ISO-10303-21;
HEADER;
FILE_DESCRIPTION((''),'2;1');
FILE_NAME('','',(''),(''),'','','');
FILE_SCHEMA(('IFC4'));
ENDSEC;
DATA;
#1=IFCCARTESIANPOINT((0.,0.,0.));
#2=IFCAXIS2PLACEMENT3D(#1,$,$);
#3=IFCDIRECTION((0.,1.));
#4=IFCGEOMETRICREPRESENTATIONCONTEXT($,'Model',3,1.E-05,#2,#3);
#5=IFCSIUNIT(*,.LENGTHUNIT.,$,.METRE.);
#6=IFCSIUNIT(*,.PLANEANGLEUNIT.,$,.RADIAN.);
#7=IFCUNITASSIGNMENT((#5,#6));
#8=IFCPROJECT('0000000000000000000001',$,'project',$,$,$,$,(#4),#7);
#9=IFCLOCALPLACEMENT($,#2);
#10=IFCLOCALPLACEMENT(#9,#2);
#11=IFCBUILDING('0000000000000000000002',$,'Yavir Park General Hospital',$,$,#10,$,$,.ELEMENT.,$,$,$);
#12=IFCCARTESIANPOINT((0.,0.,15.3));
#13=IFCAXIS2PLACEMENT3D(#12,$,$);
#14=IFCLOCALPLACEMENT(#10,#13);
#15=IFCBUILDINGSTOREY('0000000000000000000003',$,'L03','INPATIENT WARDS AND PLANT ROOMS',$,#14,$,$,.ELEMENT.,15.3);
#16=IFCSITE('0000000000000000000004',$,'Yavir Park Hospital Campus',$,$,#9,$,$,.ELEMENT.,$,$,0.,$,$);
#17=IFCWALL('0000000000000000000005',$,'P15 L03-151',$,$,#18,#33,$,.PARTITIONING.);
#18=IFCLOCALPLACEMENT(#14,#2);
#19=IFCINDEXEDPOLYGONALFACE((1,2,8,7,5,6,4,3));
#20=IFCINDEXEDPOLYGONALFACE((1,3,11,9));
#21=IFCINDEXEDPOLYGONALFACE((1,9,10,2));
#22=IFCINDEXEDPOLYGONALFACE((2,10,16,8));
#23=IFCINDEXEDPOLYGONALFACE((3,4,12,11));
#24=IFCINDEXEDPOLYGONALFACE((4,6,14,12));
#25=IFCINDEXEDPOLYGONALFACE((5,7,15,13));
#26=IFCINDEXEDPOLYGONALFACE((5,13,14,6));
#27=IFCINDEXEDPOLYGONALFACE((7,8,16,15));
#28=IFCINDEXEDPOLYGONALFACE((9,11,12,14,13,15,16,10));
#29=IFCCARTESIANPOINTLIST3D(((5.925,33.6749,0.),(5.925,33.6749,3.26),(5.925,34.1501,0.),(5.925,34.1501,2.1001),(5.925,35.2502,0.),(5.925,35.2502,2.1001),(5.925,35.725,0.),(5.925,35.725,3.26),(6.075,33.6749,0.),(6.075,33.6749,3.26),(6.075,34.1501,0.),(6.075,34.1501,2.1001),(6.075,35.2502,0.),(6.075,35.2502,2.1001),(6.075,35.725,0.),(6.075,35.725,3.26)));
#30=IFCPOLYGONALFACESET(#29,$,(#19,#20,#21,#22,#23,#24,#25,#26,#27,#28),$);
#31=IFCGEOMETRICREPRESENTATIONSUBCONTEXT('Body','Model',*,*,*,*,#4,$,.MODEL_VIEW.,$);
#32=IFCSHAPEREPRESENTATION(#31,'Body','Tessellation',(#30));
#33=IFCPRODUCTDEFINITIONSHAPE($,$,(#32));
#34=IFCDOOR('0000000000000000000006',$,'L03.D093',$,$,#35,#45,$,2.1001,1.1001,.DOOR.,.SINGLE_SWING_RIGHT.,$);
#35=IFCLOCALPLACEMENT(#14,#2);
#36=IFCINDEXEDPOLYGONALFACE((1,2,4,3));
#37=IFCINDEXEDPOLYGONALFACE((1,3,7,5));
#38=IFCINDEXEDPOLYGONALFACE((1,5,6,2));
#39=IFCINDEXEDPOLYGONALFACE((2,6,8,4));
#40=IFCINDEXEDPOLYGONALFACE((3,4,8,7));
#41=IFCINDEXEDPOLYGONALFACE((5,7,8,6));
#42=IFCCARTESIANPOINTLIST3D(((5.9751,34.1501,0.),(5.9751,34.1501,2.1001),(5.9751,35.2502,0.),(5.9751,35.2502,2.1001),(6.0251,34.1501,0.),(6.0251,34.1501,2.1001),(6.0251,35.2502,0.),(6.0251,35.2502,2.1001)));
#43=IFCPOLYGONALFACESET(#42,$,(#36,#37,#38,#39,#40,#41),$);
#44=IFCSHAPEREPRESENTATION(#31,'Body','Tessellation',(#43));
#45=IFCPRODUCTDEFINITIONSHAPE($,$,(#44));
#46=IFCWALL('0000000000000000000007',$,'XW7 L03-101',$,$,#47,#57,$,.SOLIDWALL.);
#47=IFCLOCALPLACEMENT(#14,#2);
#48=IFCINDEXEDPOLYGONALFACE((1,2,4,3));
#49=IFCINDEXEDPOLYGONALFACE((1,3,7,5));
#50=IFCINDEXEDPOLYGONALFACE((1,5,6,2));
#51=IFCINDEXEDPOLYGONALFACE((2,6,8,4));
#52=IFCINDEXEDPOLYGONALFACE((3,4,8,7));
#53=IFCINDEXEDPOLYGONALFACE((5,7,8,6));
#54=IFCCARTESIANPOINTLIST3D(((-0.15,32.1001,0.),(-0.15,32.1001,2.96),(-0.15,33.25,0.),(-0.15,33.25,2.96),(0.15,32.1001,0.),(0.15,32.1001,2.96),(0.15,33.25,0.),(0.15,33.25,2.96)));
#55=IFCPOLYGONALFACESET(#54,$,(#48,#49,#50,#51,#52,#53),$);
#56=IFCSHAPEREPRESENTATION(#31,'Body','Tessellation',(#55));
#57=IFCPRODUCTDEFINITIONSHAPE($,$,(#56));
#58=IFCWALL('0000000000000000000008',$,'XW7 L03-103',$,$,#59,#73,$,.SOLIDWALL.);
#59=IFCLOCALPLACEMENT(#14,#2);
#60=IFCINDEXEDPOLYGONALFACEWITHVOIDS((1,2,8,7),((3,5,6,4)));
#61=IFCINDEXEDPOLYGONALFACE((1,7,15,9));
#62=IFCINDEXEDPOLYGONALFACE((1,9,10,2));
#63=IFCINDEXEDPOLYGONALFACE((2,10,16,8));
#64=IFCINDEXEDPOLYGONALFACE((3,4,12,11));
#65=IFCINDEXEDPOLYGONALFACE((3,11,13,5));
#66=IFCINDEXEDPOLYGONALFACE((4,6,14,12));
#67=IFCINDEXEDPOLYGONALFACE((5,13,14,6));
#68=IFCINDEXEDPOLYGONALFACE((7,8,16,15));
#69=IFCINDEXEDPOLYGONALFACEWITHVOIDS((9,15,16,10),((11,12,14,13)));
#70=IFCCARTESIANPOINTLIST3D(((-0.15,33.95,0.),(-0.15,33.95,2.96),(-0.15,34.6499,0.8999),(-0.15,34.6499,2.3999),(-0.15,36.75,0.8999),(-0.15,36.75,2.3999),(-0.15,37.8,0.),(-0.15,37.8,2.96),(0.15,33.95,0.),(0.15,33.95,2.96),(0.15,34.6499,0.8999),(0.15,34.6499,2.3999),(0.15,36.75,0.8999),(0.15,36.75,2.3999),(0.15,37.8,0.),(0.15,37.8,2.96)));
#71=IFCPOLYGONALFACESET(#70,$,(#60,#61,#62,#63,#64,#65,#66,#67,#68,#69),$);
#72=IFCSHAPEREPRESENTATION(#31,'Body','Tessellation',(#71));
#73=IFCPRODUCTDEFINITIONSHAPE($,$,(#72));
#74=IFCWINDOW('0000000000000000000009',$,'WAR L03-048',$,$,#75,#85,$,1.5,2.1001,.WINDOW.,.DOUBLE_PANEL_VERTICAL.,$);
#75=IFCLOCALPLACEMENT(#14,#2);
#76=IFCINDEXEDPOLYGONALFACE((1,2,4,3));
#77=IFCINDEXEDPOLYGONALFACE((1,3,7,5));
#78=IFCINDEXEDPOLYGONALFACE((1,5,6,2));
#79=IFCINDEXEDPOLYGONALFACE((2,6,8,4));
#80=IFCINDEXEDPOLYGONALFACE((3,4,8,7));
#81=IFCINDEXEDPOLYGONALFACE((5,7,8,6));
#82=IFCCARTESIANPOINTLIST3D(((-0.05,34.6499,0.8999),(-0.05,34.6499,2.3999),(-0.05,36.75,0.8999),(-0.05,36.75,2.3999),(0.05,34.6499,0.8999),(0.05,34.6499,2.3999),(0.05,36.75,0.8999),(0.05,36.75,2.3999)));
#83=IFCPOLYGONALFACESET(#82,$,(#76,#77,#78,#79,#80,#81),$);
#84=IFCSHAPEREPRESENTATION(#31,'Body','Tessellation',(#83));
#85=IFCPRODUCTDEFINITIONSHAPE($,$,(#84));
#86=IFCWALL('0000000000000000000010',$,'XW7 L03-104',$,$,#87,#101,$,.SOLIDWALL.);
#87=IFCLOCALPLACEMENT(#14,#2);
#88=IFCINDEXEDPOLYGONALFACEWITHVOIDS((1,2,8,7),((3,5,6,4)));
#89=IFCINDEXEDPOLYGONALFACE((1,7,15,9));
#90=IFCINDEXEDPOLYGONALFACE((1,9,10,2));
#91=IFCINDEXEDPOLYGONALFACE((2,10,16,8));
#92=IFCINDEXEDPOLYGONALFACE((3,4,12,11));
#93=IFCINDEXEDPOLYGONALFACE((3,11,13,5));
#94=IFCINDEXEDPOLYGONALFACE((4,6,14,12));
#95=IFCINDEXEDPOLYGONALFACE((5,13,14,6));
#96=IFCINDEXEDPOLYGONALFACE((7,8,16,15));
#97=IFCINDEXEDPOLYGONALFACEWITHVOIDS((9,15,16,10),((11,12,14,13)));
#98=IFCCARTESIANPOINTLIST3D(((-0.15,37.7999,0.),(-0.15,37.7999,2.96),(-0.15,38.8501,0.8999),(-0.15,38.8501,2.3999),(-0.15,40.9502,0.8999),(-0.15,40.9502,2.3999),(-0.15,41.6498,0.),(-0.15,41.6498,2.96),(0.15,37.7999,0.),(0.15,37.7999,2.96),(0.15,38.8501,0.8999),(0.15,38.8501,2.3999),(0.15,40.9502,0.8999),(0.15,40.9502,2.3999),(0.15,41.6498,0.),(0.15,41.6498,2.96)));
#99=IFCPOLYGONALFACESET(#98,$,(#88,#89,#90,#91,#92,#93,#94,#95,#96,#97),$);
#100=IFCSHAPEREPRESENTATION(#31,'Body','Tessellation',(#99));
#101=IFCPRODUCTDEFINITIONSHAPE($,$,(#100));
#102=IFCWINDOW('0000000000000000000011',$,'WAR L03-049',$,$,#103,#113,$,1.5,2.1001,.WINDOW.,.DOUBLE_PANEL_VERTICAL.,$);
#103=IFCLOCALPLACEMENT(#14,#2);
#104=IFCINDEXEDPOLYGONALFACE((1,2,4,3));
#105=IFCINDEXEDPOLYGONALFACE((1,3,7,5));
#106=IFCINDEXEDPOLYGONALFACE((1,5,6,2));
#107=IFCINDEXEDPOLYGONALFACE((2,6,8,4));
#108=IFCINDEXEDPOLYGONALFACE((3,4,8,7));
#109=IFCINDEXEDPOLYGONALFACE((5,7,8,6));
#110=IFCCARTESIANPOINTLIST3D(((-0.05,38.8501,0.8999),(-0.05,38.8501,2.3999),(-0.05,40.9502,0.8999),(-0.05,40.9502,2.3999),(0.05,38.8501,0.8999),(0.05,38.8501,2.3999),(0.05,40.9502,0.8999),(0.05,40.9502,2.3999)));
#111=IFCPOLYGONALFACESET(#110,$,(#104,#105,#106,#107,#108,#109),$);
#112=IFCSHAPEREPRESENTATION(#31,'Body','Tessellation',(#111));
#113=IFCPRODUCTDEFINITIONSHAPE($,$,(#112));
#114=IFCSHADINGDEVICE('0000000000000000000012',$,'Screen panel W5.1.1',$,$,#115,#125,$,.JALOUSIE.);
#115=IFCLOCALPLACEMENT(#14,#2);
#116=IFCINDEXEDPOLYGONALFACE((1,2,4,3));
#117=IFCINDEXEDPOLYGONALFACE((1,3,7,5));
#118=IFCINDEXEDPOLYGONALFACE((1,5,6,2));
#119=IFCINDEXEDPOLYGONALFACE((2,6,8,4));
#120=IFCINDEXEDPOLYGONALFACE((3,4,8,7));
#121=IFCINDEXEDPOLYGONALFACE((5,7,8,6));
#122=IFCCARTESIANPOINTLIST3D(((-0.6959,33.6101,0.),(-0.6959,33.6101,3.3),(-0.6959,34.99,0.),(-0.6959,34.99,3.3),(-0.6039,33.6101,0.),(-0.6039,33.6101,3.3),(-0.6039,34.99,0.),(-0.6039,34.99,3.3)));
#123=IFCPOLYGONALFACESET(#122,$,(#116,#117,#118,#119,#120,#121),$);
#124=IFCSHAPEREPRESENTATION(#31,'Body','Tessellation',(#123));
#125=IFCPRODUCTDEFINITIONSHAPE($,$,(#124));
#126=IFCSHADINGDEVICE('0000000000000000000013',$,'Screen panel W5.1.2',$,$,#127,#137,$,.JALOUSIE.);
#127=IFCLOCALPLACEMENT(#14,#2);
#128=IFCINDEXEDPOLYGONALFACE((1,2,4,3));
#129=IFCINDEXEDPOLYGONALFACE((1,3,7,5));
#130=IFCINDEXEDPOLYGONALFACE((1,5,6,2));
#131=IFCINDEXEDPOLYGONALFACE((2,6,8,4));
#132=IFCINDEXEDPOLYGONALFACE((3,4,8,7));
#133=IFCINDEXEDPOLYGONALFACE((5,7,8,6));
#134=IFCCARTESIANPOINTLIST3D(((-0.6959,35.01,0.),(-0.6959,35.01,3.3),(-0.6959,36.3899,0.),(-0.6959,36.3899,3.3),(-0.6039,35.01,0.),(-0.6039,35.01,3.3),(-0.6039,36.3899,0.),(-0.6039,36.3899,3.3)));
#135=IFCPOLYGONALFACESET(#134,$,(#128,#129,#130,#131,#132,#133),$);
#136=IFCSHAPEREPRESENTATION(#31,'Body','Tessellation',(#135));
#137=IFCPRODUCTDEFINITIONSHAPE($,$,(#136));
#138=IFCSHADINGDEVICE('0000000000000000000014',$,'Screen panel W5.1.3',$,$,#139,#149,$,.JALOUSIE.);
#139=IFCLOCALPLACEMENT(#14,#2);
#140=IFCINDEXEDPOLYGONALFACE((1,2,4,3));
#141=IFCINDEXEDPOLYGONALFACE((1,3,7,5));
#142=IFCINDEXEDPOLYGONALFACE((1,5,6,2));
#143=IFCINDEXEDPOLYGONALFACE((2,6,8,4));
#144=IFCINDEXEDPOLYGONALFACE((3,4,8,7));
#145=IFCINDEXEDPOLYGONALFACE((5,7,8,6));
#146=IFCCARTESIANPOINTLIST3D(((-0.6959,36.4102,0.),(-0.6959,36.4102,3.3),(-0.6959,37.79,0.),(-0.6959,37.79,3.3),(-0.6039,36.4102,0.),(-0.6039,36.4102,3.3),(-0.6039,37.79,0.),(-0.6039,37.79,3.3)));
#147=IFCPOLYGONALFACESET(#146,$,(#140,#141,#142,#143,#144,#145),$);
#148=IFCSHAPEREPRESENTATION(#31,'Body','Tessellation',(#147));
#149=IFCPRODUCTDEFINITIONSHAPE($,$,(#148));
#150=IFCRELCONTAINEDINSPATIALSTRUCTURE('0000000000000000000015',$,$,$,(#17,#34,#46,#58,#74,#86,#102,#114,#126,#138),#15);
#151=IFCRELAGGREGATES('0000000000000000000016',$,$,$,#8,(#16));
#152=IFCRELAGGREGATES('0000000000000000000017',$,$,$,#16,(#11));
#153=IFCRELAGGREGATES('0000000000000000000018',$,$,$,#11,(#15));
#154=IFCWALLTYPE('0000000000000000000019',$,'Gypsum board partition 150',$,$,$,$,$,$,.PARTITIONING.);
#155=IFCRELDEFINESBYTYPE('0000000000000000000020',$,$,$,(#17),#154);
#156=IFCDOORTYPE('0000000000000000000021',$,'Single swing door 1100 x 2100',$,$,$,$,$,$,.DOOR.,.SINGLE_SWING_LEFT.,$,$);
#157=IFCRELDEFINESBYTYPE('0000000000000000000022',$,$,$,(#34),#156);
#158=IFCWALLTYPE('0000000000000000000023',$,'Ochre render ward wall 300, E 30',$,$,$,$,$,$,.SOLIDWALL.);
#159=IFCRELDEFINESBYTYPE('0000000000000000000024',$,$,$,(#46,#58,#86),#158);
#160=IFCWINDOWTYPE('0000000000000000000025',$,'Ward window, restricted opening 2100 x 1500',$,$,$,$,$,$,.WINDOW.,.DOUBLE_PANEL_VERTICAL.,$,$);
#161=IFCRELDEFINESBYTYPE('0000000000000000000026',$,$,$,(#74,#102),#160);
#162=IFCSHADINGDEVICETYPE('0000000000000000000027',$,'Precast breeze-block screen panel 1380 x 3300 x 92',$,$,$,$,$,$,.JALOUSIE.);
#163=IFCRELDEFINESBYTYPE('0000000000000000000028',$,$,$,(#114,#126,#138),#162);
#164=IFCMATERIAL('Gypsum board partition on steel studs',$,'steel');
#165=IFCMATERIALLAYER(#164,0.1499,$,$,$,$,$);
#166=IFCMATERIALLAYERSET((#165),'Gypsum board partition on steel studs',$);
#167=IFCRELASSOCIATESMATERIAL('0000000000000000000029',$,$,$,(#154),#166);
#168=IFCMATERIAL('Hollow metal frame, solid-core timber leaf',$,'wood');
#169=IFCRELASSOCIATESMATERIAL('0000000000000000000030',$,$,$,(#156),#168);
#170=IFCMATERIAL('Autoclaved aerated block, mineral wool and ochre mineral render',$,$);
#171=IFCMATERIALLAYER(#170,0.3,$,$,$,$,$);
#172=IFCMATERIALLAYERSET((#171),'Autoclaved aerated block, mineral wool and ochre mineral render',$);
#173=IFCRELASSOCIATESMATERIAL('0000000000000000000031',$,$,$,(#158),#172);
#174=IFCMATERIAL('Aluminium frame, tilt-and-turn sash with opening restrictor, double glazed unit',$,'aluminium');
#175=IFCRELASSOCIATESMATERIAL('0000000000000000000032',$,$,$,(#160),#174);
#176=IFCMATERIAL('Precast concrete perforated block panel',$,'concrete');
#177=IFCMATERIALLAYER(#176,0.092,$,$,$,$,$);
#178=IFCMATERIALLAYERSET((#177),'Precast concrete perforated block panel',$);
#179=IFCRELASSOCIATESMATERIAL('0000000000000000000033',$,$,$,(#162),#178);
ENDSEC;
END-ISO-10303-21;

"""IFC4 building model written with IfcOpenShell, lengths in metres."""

from ifc_helpers import new_model, si_unit, direction, frame, frame_2d, origin, origin_2d, place, context, subcontext, project, spatial, rectangle, extrude, material, layer, layer_set, type_object, element, fill, save


model = new_model("IFC4")

# Units and contexts
model_context = context("Model", 3, precision=1e-05, world=origin(), true_north=direction((0.0, 1.0)))
body_context = subcontext(model_context, "Body", "Model", "MODEL_VIEW")
ifc_project = project(units=[si_unit("LENGTHUNIT", "METRE"), si_unit("PLANEANGLEUNIT", "RADIAN")], contexts=[model_context])

# Site, building, storey
site_placement = place(None, origin())
site = spatial("IfcSite", under=ifc_project, at=site_placement, Name="Yavir Park Hospital Campus", CompositionType="ELEMENT", RefElevation=0.0)
building_placement = place(site_placement, origin())
building = spatial("IfcBuilding", under=site, at=building_placement, Name="Yavir Park General Hospital", CompositionType="ELEMENT")
storey_placement = place(building_placement, frame((0.0, 0.0, 15.3)))
storey = spatial("IfcBuildingStorey", under=building, at=storey_placement, Name="L03", Description="INPATIENT WARDS AND PLANT ROOMS", CompositionType="ELEMENT", Elevation=15.3)

# Shared definitions
ifc_material_1 = material(Name="Gypsum board partition on steel studs", Category="steel")
ifc_layer_1 = layer(ifc_material_1, 0.1499)
ifc_layer_set_1 = layer_set([ifc_layer_1], Name="Gypsum board partition on steel studs")
wall_type_1 = type_object("IfcWallType", Name="Gypsum board partition 150", PredefinedType="PARTITIONING", material=ifc_layer_set_1)

# Wall, opening, door
wall_1_placement = place(storey_placement, frame((6.0, 33.675, 0.0), z_axis=(0.0, 0.0, 1.0), x_axis=(0.0, 1.0, 0.0)))
wall_1 = element("IfcWall", 1, at=wall_1_placement, inside=storey, type_object=wall_type_1, Name="P15 L03-151", PredefinedType="PARTITIONING", context=body_context, shape_type="SweptSolid", body=[
    extrude(rectangle(XDim=2.05, YDim=0.1499, at=frame_2d((1.0249, 0.0))), origin(), (0.0, 0.0, 1.0), 3.26),
])
opening_1_placement = place(wall_1_placement, frame((0.4751, 0.0, 0.0)))
opening_1 = element("IfcOpeningElement", 2, at=opening_1_placement, cuts=wall_1, PredefinedType="OPENING", context=body_context, shape_type="SweptSolid", body=[
    extrude(rectangle(XDim=1.1001, YDim=2.1001, at=frame_2d((0.55, 1.05))), frame((0.0, 0.085, 0.0), z_axis=(0.0, -1.0, 0.0), x_axis=(1.0, 0.0, 0.0)), (0.0, 0.0, 1.0), 0.1699),
])
ifc_material_2 = material(Name="Hollow metal frame, solid-core timber leaf", Category="wood")
door_type = type_object("IfcDoorType", Name="Single swing door 1100 x 2100", OperationType="SINGLE_SWING_LEFT", PredefinedType="DOOR", material=ifc_material_2)
door_placement = place(opening_1_placement, origin())
door = element("IfcDoor", 3, at=door_placement, inside=storey, type_object=door_type, Name="L03.D093", OperationType="SINGLE_SWING_RIGHT", OverallHeight=2.1001, OverallWidth=1.1001, PredefinedType="DOOR", context=body_context, shape_type="SweptSolid", body=[
    extrude(rectangle(XDim=1.1001, YDim=2.1001, at=frame_2d((0.55, 1.05))), frame((0.0, 0.0249, 0.0), z_axis=(0.0, -1.0, 0.0), x_axis=(1.0, 0.0, 0.0)), (0.0, 0.0, 1.0), 0.05),
])
fill(opening_1, door)

# Wall
ifc_material_3 = material(Name="Autoclaved aerated block, mineral wool and ochre mineral render")
ifc_layer_2 = layer(ifc_material_3, 0.3)
ifc_layer_set_2 = layer_set([ifc_layer_2], Name="Autoclaved aerated block, mineral wool and ochre mineral render")
wall_type_2 = type_object("IfcWallType", Name="Ochre render ward wall 300, E 30", PredefinedType="SOLIDWALL", material=ifc_layer_set_2)
wall_2_placement = place(storey_placement, frame((0.0, 32.1001, 0.0), z_axis=(0.0, 0.0, 1.0), x_axis=(0.0, 1.0, 0.0)))
element("IfcWall", 4, at=wall_2_placement, inside=storey, type_object=wall_type_2, Name="XW7 L03-101", PredefinedType="SOLIDWALL", context=body_context, shape_type="SweptSolid", body=[
    extrude(rectangle(XDim=1.1499, YDim=0.3, at=frame_2d((0.575, 0.0))), origin(), (0.0, 0.0, 1.0), 2.96),
])

# Walls, openings, windows
wall_3_placement = place(storey_placement, frame((0.0, 33.95, 0.0), z_axis=(0.0, 0.0, 1.0), x_axis=(0.0, 1.0, 0.0)))
wall_3 = element("IfcWall", 5, at=wall_3_placement, inside=storey, type_object=wall_type_2, Name="XW7 L03-103", PredefinedType="SOLIDWALL", context=body_context, shape_type="SweptSolid", body=[
    extrude(rectangle(XDim=3.8501, YDim=0.3, at=frame_2d((1.925, 0.0))), origin(), (0.0, 0.0, 1.0), 2.96),
])
opening_2_placement = place(wall_3_placement, frame((0.7, 0.0, 0.8999)))
opening_2 = element("IfcOpeningElement", 6, at=opening_2_placement, cuts=wall_3, PredefinedType="OPENING", context=body_context, shape_type="SweptSolid", body=[
    extrude(rectangle(XDim=2.1001, YDim=1.5, at=frame_2d((1.05, 0.75))), frame((0.0, 0.1599, 0.0), z_axis=(0.0, -1.0, 0.0), x_axis=(1.0, 0.0, 0.0)), (0.0, 0.0, 1.0), 0.3201),
])
ifc_material_4 = material(Name="Aluminium frame, tilt-and-turn sash with opening restrictor, double glazed unit", Category="aluminium")
window_type = type_object("IfcWindowType", Name="Ward window, restricted opening 2100 x 1500", PartitioningType="DOUBLE_PANEL_VERTICAL", PredefinedType="WINDOW", material=ifc_material_4)
window_1_placement = place(opening_2_placement, origin())
window_1 = element("IfcWindow", 7, at=window_1_placement, inside=storey, type_object=window_type, Name="WAR L03-048", OverallHeight=1.5, OverallWidth=2.1001, PartitioningType="DOUBLE_PANEL_VERTICAL", PredefinedType="WINDOW", context=body_context, shape_type="SweptSolid", body=[
    extrude(rectangle(XDim=2.1001, YDim=1.5, at=frame_2d((1.05, 0.75))), frame((0.0, 0.05, 0.0), z_axis=(0.0, -1.0, 0.0), x_axis=(1.0, 0.0, 0.0)), (0.0, 0.0, 1.0), 0.1001),
])
fill(opening_2, window_1)
wall_4_placement = place(storey_placement, frame((0.0, 37.8, 0.0), z_axis=(0.0, 0.0, 1.0), x_axis=(0.0, 1.0, 0.0)))
wall_4 = element("IfcWall", 8, at=wall_4_placement, inside=storey, type_object=wall_type_2, Name="XW7 L03-104", PredefinedType="SOLIDWALL", context=body_context, shape_type="SweptSolid", body=[
    extrude(rectangle(XDim=3.8499, YDim=0.3, at=frame_2d((1.9248, 0.0))), origin(), (0.0, 0.0, 1.0), 2.96),
])
opening_3_placement = place(wall_4_placement, frame((1.05, 0.0, 0.8999)))
opening_3 = element("IfcOpeningElement", 9, at=opening_3_placement, cuts=wall_4, PredefinedType="OPENING", context=body_context, shape_type="SweptSolid", body=[
    extrude(rectangle(XDim=2.1001, YDim=1.5, at=frame_2d((1.05, 0.75))), frame((0.0, 0.1599, 0.0), z_axis=(0.0, -1.0, 0.0), x_axis=(1.0, 0.0, 0.0)), (0.0, 0.0, 1.0), 0.3201),
])
window_2_placement = place(opening_3_placement, origin())
window_2 = element("IfcWindow", 10, at=window_2_placement, inside=storey, type_object=window_type, Name="WAR L03-049", OverallHeight=1.5, OverallWidth=2.1001, PartitioningType="DOUBLE_PANEL_VERTICAL", PredefinedType="WINDOW", context=body_context, shape_type="SweptSolid", body=[
    extrude(rectangle(XDim=2.1001, YDim=1.5, at=frame_2d((1.05, 0.75))), frame((0.0, 0.05, 0.0), z_axis=(0.0, -1.0, 0.0), x_axis=(1.0, 0.0, 0.0)), (0.0, 0.0, 1.0), 0.1001),
])
fill(opening_3, window_2)

# Shading devices
ifc_material_5 = material(Name="Precast concrete perforated block panel", Category="concrete")
ifc_layer_3 = layer(ifc_material_5, 0.092)
ifc_layer_set_3 = layer_set([ifc_layer_3], Name="Precast concrete perforated block panel")
shading_device_type = type_object("IfcShadingDeviceType", Name="Precast breeze-block screen panel 1380 x 3300 x 92", PredefinedType="JALOUSIE", material=ifc_layer_set_3)
for number, where, z_axis, x_axis, name in (
    (11, (-0.6499, 34.3, 0.0), (0.0, 0.0, 1.0), (1.0, 0.0, 0.0), "Screen panel W5.1.1"),
    (12, (-0.6499, 35.7, 0.0), (0.0, 0.0, 1.0), (1.0, 0.0, 0.0), "Screen panel W5.1.2"),
    (13, (-0.6499, 37.1001, 0.0), (0.0, 0.0, 1.0), (1.0, 0.0, 0.0), "Screen panel W5.1.3"),
):
    element("IfcShadingDevice", number, at=place(storey_placement, frame(where, z_axis=z_axis, x_axis=x_axis)), inside=storey, type_object=shading_device_type, Name=name, PredefinedType="JALOUSIE", context=body_context, shape_type="SweptSolid", body=[
        extrude(rectangle(XDim=0.092, YDim=1.3799, at=origin_2d()), origin(), (0.0, 0.0, 1.0), 3.3),
    ])

save(model, "model.ifc")
